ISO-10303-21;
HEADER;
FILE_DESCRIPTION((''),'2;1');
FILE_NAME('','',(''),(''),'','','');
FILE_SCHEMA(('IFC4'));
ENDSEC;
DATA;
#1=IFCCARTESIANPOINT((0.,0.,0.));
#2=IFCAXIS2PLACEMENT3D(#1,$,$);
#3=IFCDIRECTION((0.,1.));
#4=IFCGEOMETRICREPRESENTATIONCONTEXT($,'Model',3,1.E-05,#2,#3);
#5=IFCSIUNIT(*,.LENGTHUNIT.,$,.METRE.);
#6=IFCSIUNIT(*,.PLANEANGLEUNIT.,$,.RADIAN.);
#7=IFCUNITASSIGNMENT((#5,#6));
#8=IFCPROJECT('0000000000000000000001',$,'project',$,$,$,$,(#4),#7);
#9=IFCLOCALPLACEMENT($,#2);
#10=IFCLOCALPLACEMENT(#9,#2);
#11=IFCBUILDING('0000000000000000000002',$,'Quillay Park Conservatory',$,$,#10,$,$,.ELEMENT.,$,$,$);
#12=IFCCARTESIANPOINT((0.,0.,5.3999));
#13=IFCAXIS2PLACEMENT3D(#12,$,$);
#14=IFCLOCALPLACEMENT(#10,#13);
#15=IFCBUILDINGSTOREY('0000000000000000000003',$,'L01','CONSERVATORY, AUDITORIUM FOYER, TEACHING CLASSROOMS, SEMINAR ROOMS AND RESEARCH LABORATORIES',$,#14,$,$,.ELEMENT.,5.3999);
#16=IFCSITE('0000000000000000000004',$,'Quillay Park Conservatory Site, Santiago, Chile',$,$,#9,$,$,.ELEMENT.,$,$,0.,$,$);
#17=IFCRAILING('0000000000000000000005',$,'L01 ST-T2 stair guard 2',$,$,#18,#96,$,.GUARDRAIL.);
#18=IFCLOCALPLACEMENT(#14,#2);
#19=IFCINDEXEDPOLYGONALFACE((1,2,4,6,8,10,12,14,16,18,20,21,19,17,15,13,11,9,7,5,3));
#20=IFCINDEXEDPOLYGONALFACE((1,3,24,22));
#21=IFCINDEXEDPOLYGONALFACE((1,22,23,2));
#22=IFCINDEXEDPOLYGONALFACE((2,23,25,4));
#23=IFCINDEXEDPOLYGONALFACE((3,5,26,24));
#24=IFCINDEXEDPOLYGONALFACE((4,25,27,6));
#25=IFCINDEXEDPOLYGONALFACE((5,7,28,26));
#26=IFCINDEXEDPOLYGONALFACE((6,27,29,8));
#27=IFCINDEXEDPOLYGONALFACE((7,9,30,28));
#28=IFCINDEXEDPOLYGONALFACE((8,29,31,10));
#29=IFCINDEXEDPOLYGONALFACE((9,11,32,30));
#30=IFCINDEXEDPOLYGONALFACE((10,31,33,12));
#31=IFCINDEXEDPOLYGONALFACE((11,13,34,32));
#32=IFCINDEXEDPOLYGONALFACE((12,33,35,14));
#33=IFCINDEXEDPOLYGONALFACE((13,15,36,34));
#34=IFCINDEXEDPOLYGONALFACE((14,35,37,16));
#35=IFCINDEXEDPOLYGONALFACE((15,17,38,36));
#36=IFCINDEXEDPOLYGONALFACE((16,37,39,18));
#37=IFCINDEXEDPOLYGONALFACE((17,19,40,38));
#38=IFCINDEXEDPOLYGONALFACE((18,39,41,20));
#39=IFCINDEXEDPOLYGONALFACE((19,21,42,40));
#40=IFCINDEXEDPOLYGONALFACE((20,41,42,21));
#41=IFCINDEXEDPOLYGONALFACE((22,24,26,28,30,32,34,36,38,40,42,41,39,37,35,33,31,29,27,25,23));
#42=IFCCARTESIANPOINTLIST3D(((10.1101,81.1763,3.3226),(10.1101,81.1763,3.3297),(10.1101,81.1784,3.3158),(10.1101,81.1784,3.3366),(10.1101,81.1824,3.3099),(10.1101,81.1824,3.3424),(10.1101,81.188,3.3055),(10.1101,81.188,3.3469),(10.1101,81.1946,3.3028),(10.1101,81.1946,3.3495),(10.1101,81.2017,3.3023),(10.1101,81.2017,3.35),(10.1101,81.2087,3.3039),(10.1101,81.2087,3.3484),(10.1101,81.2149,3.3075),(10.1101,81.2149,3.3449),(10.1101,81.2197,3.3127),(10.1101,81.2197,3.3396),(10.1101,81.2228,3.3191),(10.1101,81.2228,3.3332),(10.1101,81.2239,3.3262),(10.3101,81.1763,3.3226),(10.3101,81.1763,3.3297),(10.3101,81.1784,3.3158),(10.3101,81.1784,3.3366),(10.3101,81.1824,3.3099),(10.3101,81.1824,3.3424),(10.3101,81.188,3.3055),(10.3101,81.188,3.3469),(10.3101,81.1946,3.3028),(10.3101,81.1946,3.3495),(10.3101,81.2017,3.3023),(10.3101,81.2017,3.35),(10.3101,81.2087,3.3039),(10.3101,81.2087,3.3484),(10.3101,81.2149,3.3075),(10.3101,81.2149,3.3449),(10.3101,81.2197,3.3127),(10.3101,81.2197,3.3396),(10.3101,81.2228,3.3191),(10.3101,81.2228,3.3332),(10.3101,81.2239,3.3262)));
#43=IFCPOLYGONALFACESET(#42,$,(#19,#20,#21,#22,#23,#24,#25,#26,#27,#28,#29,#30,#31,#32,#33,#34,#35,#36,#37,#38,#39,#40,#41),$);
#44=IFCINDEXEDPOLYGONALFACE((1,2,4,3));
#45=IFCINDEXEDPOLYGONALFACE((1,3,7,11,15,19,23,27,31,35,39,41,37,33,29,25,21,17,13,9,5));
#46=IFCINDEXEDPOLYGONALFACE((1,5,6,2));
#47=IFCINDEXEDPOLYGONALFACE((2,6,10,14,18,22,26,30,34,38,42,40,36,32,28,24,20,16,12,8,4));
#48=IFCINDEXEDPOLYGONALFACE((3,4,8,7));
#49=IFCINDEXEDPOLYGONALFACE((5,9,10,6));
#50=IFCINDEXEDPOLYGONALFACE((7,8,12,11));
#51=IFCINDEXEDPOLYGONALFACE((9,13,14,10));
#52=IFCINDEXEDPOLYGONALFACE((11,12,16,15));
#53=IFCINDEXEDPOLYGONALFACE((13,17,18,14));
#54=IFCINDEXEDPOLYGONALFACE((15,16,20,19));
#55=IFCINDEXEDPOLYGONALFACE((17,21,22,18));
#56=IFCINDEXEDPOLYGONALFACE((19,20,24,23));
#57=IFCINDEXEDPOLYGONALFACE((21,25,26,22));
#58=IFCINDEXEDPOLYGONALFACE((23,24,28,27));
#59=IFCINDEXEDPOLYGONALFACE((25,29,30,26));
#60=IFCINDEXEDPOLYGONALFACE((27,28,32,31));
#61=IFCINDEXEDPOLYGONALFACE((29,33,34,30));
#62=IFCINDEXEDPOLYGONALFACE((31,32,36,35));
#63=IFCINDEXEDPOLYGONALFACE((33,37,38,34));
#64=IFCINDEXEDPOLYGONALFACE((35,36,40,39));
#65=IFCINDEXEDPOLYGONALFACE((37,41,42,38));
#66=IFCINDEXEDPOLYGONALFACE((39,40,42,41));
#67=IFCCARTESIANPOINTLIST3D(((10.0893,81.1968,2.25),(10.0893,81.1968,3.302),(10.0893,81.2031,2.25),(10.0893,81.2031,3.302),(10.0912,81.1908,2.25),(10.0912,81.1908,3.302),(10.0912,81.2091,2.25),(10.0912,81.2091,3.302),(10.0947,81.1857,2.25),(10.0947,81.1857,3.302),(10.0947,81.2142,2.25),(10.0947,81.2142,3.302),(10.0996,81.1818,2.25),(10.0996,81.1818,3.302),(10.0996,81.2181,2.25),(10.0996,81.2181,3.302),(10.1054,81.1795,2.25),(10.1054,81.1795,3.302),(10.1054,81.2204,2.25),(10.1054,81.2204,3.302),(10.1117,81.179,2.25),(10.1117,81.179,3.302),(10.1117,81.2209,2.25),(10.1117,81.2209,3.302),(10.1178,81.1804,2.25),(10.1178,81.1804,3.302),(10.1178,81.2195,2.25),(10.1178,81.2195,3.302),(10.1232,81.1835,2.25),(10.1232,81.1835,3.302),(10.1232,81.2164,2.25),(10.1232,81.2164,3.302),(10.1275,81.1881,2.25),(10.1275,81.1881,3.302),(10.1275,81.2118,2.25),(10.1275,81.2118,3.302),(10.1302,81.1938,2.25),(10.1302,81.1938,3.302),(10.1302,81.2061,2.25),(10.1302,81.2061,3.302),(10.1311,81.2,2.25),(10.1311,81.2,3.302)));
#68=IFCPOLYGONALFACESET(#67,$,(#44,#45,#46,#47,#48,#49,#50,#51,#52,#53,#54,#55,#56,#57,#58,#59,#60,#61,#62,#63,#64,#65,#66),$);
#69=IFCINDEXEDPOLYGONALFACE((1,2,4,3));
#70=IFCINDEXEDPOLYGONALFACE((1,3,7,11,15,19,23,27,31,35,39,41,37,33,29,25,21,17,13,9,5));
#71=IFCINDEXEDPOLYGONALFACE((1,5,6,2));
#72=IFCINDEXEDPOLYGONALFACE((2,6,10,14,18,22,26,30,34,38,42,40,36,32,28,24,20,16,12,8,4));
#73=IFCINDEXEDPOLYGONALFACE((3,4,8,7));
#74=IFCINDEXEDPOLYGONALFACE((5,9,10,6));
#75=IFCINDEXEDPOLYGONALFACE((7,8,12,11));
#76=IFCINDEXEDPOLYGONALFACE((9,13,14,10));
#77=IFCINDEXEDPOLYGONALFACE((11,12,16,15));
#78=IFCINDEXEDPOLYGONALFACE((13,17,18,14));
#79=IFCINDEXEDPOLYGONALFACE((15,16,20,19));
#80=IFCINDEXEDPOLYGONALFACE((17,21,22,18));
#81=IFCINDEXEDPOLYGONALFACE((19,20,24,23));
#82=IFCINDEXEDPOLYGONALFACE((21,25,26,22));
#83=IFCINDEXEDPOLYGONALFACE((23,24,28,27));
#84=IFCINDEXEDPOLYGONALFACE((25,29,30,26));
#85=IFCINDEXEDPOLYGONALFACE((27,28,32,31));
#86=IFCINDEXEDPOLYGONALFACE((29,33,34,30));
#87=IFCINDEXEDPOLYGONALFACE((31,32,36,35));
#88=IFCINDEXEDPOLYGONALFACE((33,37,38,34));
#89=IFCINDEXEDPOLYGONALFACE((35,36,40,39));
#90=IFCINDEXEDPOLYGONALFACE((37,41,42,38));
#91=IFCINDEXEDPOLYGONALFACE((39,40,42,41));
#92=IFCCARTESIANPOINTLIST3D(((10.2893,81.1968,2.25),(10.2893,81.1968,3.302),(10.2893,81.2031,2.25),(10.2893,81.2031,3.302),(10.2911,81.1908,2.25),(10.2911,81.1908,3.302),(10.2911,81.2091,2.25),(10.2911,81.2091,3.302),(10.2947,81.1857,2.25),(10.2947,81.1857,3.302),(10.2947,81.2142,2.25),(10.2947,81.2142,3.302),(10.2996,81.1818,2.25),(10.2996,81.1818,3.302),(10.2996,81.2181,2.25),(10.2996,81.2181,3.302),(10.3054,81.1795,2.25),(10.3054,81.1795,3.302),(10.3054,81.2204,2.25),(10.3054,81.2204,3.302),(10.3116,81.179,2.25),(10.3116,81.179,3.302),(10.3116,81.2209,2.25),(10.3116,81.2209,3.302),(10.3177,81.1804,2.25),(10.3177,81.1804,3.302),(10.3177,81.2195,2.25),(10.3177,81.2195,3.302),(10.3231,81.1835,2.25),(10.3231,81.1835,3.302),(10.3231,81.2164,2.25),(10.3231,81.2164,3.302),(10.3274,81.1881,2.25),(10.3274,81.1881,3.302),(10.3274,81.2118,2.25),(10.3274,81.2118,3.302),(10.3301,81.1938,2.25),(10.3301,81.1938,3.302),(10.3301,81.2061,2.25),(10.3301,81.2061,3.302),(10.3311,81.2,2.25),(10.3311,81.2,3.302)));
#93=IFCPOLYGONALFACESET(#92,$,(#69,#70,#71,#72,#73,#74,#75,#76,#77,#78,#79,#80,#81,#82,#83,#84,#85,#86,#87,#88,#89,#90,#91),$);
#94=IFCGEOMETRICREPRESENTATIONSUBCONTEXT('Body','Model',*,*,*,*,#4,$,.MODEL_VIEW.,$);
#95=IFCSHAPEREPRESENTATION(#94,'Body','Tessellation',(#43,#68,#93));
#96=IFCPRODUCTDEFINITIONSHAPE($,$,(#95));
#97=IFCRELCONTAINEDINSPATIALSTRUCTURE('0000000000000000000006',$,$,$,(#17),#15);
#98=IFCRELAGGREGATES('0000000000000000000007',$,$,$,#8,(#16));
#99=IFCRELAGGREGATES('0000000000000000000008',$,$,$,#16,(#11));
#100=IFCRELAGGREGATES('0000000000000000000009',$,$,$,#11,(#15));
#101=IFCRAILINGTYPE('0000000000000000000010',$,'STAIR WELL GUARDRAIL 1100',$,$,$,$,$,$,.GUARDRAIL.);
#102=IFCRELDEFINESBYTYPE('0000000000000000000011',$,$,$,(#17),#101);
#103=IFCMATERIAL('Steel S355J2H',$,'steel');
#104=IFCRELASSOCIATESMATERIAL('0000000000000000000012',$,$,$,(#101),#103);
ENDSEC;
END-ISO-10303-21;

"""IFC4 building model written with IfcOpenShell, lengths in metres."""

from ifc_helpers import new_model, si_unit, direction, frame, origin, origin_2d, place, context, subcontext, project, spatial, circle, extrude, material, type_object, element, save


model = new_model("IFC4")

# Units and contexts
model_context = context("Model", 3, precision=1e-05, world=origin(), true_north=direction((0.0, 1.0)))
body_context = subcontext(model_context, "Body", "Model", "MODEL_VIEW")
ifc_project = project(units=[si_unit("LENGTHUNIT", "METRE"), si_unit("PLANEANGLEUNIT", "RADIAN")], contexts=[model_context])

# Site, building, storey
site_placement = place(None, origin())
site = spatial("IfcSite", under=ifc_project, at=site_placement, Name="Quillay Park Conservatory Site, Santiago, Chile", CompositionType="ELEMENT", RefElevation=0.0)
building_placement = place(site_placement, origin())
building = spatial("IfcBuilding", under=site, at=building_placement, Name="Quillay Park Conservatory", CompositionType="ELEMENT")
storey_placement = place(building_placement, frame((0.0, 0.0, 5.3999)))
storey = spatial("IfcBuildingStorey", under=building, at=storey_placement, Name="L01", Description="CONSERVATORY, AUDITORIUM FOYER, TEACHING CLASSROOMS, SEMINAR ROOMS AND RESEARCH LABORATORIES", CompositionType="ELEMENT", Elevation=5.3999)

# Railing
ifc_material_1 = material(Name="Steel S355J2H", Category="steel")
railing_type_1 = type_object("IfcRailingType", Name="STAIR WELL GUARDRAIL 1100", PredefinedType="GUARDRAIL", material=ifc_material_1)
railing_1_placement = place(storey_placement, frame((10.1101, 81.2, 2.25)))
element("IfcRailing", 1, at=railing_1_placement, inside=storey, type_object=railing_type_1, Name="L01 ST-T2 stair guard 2", PredefinedType="GUARDRAIL", context=body_context, shape_type="SweptSolid", body=[
    extrude(circle(Radius=0.0239, at=origin_2d()), frame((0.0, 0.0, 1.0762), z_axis=(1.0, 0.0, 0.0), x_axis=(0.0, 1.0, 0.0)), (0.0, 0.0, 1.0), 0.2),
    extrude(circle(Radius=0.021, at=origin_2d()), origin(), (0.0, 0.0, 1.0), 1.052),
    extrude(circle(Radius=0.021, at=origin_2d()), frame((0.2, 0.0, 0.0)), (0.0, 0.0, 1.0), 1.052),
])

save(model, "model.ifc")
